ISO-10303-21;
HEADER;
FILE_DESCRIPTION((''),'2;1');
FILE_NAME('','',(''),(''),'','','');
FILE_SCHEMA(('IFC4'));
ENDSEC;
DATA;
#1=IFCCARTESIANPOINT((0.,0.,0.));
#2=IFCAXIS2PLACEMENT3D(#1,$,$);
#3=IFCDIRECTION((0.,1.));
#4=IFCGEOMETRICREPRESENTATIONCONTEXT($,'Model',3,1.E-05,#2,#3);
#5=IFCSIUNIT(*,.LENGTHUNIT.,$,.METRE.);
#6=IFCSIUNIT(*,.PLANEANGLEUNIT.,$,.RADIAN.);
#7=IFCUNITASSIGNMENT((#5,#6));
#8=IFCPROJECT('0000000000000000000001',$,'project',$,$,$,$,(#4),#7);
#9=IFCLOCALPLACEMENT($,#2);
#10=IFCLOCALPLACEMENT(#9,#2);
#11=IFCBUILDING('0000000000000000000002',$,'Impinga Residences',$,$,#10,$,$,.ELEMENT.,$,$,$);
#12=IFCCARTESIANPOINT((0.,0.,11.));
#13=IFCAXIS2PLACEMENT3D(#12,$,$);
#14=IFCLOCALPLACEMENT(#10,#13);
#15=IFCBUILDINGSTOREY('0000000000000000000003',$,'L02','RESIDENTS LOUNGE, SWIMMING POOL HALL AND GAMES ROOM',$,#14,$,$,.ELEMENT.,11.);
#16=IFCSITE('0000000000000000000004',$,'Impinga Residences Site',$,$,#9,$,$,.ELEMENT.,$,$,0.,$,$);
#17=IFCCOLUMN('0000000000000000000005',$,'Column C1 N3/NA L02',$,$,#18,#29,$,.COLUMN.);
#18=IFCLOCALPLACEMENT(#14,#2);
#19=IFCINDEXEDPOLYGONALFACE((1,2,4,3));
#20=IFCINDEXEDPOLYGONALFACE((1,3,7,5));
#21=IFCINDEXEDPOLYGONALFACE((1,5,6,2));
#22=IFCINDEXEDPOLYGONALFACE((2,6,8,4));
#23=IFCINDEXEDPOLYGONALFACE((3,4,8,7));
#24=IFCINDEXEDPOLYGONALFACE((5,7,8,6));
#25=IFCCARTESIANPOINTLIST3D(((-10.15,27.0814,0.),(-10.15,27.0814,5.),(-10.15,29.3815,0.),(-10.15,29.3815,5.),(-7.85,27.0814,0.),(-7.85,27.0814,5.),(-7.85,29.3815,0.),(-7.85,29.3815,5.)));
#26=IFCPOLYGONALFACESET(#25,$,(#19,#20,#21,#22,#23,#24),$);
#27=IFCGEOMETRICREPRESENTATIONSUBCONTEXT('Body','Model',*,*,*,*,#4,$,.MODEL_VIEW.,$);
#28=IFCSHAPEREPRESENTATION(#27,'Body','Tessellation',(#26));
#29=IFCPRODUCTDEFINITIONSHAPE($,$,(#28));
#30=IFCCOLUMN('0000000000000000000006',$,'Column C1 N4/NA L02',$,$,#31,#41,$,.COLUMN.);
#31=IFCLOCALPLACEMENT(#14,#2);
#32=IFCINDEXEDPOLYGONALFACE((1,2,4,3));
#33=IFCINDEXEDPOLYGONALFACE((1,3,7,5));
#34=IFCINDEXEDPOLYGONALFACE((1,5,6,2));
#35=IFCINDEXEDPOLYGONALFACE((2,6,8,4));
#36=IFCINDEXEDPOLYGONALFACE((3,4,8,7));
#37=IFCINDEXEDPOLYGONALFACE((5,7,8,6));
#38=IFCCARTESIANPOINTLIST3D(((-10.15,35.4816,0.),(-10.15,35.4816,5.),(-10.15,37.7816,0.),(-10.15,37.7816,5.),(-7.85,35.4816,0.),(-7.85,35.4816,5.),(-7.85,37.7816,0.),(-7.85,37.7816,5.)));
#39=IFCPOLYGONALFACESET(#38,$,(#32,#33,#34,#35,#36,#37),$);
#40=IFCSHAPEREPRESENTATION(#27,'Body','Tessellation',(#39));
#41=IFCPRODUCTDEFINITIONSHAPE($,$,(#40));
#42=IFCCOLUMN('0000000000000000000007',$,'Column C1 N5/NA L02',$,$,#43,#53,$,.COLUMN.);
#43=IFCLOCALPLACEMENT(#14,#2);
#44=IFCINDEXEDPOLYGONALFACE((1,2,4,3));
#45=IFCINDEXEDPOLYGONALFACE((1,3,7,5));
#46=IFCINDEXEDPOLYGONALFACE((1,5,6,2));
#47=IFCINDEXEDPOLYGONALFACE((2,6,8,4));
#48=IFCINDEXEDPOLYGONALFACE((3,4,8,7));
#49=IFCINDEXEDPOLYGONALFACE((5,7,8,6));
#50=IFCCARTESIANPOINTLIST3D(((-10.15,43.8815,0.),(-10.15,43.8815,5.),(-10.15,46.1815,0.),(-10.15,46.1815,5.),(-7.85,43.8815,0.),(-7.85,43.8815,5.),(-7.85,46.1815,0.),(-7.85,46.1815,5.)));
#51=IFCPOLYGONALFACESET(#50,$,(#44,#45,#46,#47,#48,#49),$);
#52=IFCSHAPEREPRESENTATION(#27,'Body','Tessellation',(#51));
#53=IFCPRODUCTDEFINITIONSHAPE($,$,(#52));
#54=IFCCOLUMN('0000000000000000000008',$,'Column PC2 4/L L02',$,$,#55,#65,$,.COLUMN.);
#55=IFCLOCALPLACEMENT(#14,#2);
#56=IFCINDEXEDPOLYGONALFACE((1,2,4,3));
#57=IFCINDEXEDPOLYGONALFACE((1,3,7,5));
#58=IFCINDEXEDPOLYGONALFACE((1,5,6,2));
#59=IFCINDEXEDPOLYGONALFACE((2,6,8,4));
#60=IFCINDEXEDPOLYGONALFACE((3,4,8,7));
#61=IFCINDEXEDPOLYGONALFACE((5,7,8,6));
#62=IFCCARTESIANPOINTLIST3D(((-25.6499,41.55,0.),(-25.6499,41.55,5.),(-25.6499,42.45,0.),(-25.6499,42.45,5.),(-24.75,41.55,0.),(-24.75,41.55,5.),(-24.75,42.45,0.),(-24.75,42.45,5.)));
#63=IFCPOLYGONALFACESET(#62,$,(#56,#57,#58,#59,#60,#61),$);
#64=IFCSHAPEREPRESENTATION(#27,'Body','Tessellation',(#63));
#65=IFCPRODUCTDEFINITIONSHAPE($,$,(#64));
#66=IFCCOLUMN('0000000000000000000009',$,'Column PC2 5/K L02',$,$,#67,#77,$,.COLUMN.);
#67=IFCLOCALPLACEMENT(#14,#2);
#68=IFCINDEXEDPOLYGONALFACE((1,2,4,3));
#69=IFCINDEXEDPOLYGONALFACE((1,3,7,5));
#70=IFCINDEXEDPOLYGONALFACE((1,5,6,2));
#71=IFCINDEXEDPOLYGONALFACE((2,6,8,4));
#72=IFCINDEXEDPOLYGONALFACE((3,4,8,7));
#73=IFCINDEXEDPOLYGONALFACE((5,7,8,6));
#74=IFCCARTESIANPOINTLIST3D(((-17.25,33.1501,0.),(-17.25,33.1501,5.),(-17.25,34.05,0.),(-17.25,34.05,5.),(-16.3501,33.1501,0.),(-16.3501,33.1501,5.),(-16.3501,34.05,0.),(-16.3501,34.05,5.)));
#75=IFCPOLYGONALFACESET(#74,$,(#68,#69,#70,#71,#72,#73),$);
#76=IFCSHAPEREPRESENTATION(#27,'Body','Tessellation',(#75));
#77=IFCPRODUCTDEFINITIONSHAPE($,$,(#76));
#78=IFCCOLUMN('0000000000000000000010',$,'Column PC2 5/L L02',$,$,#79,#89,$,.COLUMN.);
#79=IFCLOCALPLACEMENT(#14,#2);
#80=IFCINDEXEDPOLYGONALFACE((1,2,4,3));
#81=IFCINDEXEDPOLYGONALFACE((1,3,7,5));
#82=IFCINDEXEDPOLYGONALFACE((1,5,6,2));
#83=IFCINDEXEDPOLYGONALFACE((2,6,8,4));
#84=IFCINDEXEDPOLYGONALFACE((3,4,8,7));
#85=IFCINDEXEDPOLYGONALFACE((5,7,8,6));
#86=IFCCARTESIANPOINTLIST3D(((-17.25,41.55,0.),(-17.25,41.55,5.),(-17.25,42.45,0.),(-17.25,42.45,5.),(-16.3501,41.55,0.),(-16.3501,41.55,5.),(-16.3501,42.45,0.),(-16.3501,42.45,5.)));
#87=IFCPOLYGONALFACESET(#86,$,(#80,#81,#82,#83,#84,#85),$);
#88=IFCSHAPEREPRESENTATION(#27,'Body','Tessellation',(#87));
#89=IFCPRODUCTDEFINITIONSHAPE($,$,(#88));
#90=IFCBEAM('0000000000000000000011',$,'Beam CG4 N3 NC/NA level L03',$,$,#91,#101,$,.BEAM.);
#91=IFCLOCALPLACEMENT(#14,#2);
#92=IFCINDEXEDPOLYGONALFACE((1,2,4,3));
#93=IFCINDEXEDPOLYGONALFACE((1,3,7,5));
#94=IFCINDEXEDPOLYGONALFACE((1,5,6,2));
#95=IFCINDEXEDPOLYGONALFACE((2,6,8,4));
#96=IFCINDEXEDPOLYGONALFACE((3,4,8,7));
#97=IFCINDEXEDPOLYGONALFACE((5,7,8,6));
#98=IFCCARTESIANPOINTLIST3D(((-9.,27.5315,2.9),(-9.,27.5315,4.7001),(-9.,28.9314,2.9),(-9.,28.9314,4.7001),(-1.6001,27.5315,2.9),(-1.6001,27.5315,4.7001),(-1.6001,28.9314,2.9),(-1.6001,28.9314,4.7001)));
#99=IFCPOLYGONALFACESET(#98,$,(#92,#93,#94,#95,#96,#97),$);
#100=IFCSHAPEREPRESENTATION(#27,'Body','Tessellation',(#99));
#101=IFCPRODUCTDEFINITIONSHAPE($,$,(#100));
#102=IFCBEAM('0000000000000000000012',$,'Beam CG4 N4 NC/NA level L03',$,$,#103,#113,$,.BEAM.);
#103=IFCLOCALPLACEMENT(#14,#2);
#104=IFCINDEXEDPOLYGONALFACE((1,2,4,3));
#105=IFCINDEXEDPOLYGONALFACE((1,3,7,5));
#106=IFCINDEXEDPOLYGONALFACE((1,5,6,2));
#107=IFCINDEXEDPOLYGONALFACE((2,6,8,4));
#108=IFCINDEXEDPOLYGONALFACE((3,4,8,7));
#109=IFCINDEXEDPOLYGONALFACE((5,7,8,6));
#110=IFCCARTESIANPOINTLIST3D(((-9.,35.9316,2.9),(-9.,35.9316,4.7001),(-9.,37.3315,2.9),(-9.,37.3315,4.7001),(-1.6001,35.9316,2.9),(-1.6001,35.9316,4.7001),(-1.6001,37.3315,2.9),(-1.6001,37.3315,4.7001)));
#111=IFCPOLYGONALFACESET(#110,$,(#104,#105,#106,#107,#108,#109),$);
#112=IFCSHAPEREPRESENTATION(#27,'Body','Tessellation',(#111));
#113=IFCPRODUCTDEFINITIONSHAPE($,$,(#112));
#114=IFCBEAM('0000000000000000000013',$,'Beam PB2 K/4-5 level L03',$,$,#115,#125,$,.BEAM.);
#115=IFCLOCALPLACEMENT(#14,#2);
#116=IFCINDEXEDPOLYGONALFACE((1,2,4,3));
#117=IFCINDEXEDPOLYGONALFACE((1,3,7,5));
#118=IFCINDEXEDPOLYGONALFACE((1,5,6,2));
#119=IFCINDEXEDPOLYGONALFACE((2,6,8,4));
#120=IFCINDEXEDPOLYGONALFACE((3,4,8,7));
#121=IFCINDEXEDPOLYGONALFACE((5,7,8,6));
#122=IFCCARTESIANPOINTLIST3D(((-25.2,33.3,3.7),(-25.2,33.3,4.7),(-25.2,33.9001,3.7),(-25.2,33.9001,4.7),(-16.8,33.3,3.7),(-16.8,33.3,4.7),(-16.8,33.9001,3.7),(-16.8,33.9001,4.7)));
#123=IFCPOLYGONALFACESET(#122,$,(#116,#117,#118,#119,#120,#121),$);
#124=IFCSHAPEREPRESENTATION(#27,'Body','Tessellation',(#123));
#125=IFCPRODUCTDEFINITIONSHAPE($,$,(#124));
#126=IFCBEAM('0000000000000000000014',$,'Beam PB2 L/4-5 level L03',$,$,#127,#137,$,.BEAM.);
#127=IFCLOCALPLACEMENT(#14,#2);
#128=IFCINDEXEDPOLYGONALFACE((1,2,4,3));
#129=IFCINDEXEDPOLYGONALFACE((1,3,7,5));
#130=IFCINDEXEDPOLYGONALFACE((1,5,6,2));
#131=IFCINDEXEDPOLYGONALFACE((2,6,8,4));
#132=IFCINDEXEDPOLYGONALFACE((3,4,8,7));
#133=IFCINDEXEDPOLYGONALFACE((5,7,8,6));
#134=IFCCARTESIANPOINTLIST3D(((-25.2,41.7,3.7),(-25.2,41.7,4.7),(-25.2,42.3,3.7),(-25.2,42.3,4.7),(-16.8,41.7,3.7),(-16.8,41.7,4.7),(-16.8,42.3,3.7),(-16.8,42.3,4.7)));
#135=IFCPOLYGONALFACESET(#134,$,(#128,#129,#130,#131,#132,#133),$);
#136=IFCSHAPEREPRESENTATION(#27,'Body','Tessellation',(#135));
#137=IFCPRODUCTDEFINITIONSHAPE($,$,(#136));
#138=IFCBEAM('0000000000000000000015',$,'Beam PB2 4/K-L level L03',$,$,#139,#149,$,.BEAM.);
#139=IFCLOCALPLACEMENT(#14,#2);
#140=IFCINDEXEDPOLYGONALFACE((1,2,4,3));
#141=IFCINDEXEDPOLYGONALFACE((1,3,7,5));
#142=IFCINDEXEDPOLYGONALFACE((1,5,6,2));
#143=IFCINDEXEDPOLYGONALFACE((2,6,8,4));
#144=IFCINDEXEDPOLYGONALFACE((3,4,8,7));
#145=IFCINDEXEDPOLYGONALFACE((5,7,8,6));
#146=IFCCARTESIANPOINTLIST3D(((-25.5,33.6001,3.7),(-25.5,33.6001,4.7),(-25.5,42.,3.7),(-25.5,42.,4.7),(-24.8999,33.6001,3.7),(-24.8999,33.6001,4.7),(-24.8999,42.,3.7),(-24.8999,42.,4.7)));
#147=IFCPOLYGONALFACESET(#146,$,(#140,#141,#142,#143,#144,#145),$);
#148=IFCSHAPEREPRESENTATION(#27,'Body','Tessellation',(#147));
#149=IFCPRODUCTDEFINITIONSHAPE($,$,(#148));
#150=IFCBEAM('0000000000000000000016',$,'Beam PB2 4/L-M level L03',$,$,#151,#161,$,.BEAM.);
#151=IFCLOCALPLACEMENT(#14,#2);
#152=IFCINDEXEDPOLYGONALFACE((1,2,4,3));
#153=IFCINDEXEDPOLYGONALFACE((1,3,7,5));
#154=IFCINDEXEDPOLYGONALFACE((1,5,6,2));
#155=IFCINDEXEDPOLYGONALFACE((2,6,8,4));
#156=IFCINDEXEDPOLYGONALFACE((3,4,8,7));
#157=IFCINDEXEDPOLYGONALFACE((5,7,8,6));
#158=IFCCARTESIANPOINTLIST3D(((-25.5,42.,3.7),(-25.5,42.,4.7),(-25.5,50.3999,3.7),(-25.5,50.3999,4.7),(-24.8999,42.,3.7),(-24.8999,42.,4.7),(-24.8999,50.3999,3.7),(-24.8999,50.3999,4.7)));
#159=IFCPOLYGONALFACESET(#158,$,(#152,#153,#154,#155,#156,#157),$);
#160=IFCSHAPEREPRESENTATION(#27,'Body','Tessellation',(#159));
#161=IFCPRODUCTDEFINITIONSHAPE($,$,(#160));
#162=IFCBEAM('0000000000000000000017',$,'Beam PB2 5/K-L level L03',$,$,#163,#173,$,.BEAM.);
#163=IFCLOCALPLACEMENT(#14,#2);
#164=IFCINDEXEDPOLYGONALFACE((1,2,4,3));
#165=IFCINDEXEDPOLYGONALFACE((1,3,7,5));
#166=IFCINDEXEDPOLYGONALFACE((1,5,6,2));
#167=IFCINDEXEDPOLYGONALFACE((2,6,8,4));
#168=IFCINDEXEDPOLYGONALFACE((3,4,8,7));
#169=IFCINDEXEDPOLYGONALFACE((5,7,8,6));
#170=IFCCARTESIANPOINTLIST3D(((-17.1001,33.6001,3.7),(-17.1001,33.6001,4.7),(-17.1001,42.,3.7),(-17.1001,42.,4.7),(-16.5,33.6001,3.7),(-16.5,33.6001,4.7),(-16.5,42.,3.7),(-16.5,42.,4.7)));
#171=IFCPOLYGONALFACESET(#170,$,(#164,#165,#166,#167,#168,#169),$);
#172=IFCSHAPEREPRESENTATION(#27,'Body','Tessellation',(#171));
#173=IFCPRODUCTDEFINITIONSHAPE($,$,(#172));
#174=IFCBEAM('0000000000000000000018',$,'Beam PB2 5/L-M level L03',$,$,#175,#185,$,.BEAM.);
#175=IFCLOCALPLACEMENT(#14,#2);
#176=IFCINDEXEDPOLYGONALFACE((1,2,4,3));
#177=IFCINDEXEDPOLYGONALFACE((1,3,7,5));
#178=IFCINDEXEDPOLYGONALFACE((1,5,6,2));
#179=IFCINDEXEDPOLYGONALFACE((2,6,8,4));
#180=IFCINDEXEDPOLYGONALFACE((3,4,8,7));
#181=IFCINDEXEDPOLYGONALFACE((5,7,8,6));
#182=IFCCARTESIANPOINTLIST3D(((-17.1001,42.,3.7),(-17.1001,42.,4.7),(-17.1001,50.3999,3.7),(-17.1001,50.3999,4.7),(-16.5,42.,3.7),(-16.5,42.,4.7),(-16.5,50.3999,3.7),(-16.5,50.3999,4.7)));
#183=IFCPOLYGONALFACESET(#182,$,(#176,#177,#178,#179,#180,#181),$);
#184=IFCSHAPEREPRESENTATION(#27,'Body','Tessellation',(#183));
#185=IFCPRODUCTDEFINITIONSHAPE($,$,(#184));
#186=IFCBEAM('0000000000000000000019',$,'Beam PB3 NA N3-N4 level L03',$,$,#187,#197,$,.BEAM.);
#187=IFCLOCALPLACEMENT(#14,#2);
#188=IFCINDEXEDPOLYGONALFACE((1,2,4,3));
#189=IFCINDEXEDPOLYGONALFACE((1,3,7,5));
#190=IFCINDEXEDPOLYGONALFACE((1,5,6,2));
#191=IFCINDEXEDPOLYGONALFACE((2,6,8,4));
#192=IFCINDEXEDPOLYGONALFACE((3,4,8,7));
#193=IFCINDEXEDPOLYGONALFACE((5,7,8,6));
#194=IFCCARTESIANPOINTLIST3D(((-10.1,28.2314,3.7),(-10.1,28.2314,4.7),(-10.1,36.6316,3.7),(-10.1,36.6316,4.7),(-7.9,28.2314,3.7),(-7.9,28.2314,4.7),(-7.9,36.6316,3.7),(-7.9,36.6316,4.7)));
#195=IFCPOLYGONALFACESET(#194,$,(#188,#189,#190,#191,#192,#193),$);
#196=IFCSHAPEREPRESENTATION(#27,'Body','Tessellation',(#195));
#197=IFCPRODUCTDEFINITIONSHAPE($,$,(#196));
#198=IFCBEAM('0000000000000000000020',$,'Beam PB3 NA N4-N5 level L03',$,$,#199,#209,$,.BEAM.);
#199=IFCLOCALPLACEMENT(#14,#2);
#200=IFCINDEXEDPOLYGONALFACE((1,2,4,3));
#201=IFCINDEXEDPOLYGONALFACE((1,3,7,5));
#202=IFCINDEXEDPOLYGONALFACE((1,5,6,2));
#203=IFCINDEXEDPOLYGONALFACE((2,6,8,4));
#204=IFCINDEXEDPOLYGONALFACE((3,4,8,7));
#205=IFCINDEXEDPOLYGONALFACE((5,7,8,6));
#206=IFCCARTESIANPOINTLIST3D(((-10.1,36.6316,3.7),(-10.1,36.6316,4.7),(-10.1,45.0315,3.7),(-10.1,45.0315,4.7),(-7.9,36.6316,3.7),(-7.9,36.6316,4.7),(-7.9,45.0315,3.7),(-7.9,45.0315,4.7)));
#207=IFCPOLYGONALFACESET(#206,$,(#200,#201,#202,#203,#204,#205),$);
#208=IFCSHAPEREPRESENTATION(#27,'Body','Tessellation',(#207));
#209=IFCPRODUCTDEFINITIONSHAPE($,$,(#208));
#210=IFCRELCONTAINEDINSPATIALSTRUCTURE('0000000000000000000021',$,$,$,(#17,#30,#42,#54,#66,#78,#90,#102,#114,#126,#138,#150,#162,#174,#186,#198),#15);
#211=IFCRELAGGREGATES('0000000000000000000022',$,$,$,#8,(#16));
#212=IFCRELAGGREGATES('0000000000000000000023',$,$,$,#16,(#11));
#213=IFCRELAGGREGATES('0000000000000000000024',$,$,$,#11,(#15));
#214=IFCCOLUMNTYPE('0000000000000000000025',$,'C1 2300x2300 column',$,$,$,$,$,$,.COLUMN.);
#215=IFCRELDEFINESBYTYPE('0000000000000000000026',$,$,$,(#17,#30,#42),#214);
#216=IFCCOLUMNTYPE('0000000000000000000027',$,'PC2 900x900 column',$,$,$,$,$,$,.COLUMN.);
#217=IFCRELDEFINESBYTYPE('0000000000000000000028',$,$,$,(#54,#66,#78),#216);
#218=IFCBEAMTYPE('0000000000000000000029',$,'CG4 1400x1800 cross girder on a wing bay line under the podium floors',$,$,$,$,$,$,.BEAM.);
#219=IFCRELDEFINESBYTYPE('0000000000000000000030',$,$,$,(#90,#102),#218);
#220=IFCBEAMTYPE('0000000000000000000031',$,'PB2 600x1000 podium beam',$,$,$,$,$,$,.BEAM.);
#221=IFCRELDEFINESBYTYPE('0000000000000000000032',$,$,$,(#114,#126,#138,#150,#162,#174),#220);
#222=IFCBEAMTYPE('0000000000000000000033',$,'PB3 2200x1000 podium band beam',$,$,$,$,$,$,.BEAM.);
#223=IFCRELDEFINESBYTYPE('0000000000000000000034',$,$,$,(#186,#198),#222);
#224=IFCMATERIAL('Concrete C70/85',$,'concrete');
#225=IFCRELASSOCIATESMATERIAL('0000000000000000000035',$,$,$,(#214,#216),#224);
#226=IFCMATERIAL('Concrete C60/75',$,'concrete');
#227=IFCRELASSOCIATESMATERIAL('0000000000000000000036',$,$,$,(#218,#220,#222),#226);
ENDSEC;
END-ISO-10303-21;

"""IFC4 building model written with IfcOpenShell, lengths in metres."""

from ifc_helpers import new_model, si_unit, direction, frame, origin, origin_2d, place, context, subcontext, project, spatial, rectangle, extrude, material, material_profile, profile_set, type_object, element, save


model = new_model("IFC4")

# Units and contexts
model_context = context("Model", 3, precision=1e-05, world=origin(), true_north=direction((0.0, 1.0)))
body_context = subcontext(model_context, "Body", "Model", "MODEL_VIEW")
ifc_project = project(units=[si_unit("LENGTHUNIT", "METRE"), si_unit("PLANEANGLEUNIT", "RADIAN")], contexts=[model_context])

# Site, building, storey
site_placement = place(None, origin())
site = spatial("IfcSite", under=ifc_project, at=site_placement, Name="Impinga Residences Site", CompositionType="ELEMENT", RefElevation=0.0)
building_placement = place(site_placement, origin())
building = spatial("IfcBuilding", under=site, at=building_placement, Name="Impinga Residences", CompositionType="ELEMENT")
storey_placement = place(building_placement, frame((0.0, 0.0, 11.0)))
storey = spatial("IfcBuildingStorey", under=building, at=storey_placement, Name="L02", Description="RESIDENTS LOUNGE, SWIMMING POOL HALL AND GAMES ROOM", CompositionType="ELEMENT", Elevation=11.0)

# Columns
ifc_material_1 = material(Name="Concrete C70/85", Category="concrete")
ifc_material_profile_1 = material_profile(ifc_material_1, rectangle(XDim=2.3, YDim=2.3, at=origin_2d()), Name="RC 2300x2300")
ifc_profile_set_1 = profile_set([ifc_material_profile_1], Name="Concrete C70/85")
column_type_1 = type_object("IfcColumnType", Name="C1 2300x2300 column", PredefinedType="COLUMN", material=ifc_profile_set_1)
for number, where, z_axis, x_axis, name in (
    (1, (-9.0, 28.2314, 0.0), (0.0, 0.0, 1.0), (1.0, 0.0, 0.0), "Column C1 N3/NA L02"),
    (2, (-9.0, 36.6316, 0.0), (0.0, 0.0, 1.0), (1.0, 0.0, 0.0), "Column C1 N4/NA L02"),
    (3, (-9.0, 45.0315, 0.0), (0.0, 0.0, 1.0), (1.0, 0.0, 0.0), "Column C1 N5/NA L02"),
):
    element("IfcColumn", number, at=place(storey_placement, frame(where, z_axis=z_axis, x_axis=x_axis)), inside=storey, type_object=column_type_1, Name=name, PredefinedType="COLUMN", context=body_context, shape_type="SweptSolid", body=[
        extrude(rectangle(XDim=2.3, YDim=2.3, at=origin_2d()), origin(), (0.0, 0.0, 1.0), 5.0),
    ])
ifc_material_profile_2 = material_profile(ifc_material_1, rectangle(XDim=0.8999, YDim=0.8999, at=origin_2d()), Name="RC 900x900")
ifc_profile_set_2 = profile_set([ifc_material_profile_2], Name="Concrete C70/85")
column_type_2 = type_object("IfcColumnType", Name="PC2 900x900 column", PredefinedType="COLUMN", material=ifc_profile_set_2)
for number, where, z_axis, x_axis, name in (
    (4, (-25.2, 42.0, 0.0), (0.0, 0.0, 1.0), (1.0, 0.0, 0.0), "Column PC2 4/L L02"),
    (5, (-16.8, 33.6001, 0.0), (0.0, 0.0, 1.0), (1.0, 0.0, 0.0), "Column PC2 5/K L02"),
    (6, (-16.8, 42.0, 0.0), (0.0, 0.0, 1.0), (1.0, 0.0, 0.0), "Column PC2 5/L L02"),
):
    element("IfcColumn", number, at=place(storey_placement, frame(where, z_axis=z_axis, x_axis=x_axis)), inside=storey, type_object=column_type_2, Name=name, PredefinedType="COLUMN", context=body_context, shape_type="SweptSolid", body=[
        extrude(rectangle(XDim=0.8999, YDim=0.8999, at=origin_2d()), origin(), (0.0, 0.0, 1.0), 5.0),
    ])

# Beams
ifc_material_2 = material(Name="Concrete C60/75", Category="concrete")
ifc_material_profile_3 = material_profile(ifc_material_2, rectangle(XDim=1.3999, YDim=1.8, at=origin_2d()), Name="RC 1400x1800")
ifc_profile_set_3 = profile_set([ifc_material_profile_3], Name="Concrete C60/75")
beam_type_1 = type_object("IfcBeamType", Name="CG4 1400x1800 cross girder on a wing bay line under the podium floors", PredefinedType="BEAM", material=ifc_profile_set_3)
for number, where, z_axis, x_axis, name in (
    (7, (-1.6001, 28.2314, 3.8), (-1.0, 0.0, 0.0), (0.0, -1.0, 0.0), "Beam CG4 N3 NC/NA level L03"),
    (8, (-1.6001, 36.6316, 3.8), (-1.0, 0.0, 0.0), (0.0, -1.0, 0.0), "Beam CG4 N4 NC/NA level L03"),
):
    element("IfcBeam", number, at=place(storey_placement, frame(where, z_axis=z_axis, x_axis=x_axis)), inside=storey, type_object=beam_type_1, Name=name, PredefinedType="BEAM", context=body_context, shape_type="SweptSolid", body=[
        extrude(rectangle(XDim=1.3999, YDim=1.8, at=origin_2d()), origin(), (0.0, 0.0, 1.0), 7.3999),
    ])
ifc_material_profile_4 = material_profile(ifc_material_2, rectangle(XDim=0.6001, YDim=1.0, at=origin_2d()), Name="RC 600x1000")
ifc_profile_set_4 = profile_set([ifc_material_profile_4], Name="Concrete C60/75")
beam_type_2 = type_object("IfcBeamType", Name="PB2 600x1000 podium beam", PredefinedType="BEAM", material=ifc_profile_set_4)
for number, where, z_axis, x_axis, name in (
    (9, (-25.2, 33.6001, 4.2), (1.0, 0.0, 0.0), (0.0, 1.0, 0.0), "Beam PB2 K/4-5 level L03"),
    (10, (-25.2, 42.0, 4.2), (1.0, 0.0, 0.0), (0.0, 1.0, 0.0), "Beam PB2 L/4-5 level L03"),
    (11, (-25.2, 33.6001, 4.2), (0.0, 1.0, 0.0), (-1.0, 0.0, 0.0), "Beam PB2 4/K-L level L03"),
    (12, (-25.2, 42.0, 4.2), (0.0, 1.0, 0.0), (-1.0, 0.0, 0.0), "Beam PB2 4/L-M level L03"),
    (13, (-16.8, 33.6001, 4.2), (0.0, 1.0, 0.0), (-1.0, 0.0, 0.0), "Beam PB2 5/K-L level L03"),
    (14, (-16.8, 42.0, 4.2), (0.0, 1.0, 0.0), (-1.0, 0.0, 0.0), "Beam PB2 5/L-M level L03"),
):
    element("IfcBeam", number, at=place(storey_placement, frame(where, z_axis=z_axis, x_axis=x_axis)), inside=storey, type_object=beam_type_2, Name=name, PredefinedType="BEAM", context=body_context, shape_type="SweptSolid", body=[
        extrude(rectangle(XDim=0.6001, YDim=1.0, at=origin_2d()), origin(), (0.0, 0.0, 1.0), 8.3999),
    ])
ifc_material_profile_5 = material_profile(ifc_material_2, rectangle(XDim=2.2, YDim=1.0, at=origin_2d()), Name="RC 2200x1000")
ifc_profile_set_5 = profile_set([ifc_material_profile_5], Name="Concrete C60/75")
beam_type_3 = type_object("IfcBeamType", Name="PB3 2200x1000 podium band beam", PredefinedType="BEAM", material=ifc_profile_set_5)
beam_1_placement = place(storey_placement, frame((-9.0, 28.2314, 4.2), z_axis=(0.0, 1.0, 0.0), x_axis=(-1.0, 0.0, 0.0)))
element("IfcBeam", 15, at=beam_1_placement, inside=storey, type_object=beam_type_3, Name="Beam PB3 NA N3-N4 level L03", PredefinedType="BEAM", context=body_context, shape_type="SweptSolid", body=[
    extrude(rectangle(XDim=2.2, YDim=1.0, at=origin_2d()), origin(), (0.0, 0.0, 1.0), 8.4001),
])
beam_2_placement = place(storey_placement, frame((-9.0, 36.6316, 4.2), z_axis=(0.0, 1.0, 0.0), x_axis=(-1.0, 0.0, 0.0)))
element("IfcBeam", 16, at=beam_2_placement, inside=storey, type_object=beam_type_3, Name="Beam PB3 NA N4-N5 level L03", PredefinedType="BEAM", context=body_context, shape_type="SweptSolid", body=[
    extrude(rectangle(XDim=2.2, YDim=1.0, at=origin_2d()), origin(), (0.0, 0.0, 1.0), 8.3999),
])

save(model, "model.ifc")
